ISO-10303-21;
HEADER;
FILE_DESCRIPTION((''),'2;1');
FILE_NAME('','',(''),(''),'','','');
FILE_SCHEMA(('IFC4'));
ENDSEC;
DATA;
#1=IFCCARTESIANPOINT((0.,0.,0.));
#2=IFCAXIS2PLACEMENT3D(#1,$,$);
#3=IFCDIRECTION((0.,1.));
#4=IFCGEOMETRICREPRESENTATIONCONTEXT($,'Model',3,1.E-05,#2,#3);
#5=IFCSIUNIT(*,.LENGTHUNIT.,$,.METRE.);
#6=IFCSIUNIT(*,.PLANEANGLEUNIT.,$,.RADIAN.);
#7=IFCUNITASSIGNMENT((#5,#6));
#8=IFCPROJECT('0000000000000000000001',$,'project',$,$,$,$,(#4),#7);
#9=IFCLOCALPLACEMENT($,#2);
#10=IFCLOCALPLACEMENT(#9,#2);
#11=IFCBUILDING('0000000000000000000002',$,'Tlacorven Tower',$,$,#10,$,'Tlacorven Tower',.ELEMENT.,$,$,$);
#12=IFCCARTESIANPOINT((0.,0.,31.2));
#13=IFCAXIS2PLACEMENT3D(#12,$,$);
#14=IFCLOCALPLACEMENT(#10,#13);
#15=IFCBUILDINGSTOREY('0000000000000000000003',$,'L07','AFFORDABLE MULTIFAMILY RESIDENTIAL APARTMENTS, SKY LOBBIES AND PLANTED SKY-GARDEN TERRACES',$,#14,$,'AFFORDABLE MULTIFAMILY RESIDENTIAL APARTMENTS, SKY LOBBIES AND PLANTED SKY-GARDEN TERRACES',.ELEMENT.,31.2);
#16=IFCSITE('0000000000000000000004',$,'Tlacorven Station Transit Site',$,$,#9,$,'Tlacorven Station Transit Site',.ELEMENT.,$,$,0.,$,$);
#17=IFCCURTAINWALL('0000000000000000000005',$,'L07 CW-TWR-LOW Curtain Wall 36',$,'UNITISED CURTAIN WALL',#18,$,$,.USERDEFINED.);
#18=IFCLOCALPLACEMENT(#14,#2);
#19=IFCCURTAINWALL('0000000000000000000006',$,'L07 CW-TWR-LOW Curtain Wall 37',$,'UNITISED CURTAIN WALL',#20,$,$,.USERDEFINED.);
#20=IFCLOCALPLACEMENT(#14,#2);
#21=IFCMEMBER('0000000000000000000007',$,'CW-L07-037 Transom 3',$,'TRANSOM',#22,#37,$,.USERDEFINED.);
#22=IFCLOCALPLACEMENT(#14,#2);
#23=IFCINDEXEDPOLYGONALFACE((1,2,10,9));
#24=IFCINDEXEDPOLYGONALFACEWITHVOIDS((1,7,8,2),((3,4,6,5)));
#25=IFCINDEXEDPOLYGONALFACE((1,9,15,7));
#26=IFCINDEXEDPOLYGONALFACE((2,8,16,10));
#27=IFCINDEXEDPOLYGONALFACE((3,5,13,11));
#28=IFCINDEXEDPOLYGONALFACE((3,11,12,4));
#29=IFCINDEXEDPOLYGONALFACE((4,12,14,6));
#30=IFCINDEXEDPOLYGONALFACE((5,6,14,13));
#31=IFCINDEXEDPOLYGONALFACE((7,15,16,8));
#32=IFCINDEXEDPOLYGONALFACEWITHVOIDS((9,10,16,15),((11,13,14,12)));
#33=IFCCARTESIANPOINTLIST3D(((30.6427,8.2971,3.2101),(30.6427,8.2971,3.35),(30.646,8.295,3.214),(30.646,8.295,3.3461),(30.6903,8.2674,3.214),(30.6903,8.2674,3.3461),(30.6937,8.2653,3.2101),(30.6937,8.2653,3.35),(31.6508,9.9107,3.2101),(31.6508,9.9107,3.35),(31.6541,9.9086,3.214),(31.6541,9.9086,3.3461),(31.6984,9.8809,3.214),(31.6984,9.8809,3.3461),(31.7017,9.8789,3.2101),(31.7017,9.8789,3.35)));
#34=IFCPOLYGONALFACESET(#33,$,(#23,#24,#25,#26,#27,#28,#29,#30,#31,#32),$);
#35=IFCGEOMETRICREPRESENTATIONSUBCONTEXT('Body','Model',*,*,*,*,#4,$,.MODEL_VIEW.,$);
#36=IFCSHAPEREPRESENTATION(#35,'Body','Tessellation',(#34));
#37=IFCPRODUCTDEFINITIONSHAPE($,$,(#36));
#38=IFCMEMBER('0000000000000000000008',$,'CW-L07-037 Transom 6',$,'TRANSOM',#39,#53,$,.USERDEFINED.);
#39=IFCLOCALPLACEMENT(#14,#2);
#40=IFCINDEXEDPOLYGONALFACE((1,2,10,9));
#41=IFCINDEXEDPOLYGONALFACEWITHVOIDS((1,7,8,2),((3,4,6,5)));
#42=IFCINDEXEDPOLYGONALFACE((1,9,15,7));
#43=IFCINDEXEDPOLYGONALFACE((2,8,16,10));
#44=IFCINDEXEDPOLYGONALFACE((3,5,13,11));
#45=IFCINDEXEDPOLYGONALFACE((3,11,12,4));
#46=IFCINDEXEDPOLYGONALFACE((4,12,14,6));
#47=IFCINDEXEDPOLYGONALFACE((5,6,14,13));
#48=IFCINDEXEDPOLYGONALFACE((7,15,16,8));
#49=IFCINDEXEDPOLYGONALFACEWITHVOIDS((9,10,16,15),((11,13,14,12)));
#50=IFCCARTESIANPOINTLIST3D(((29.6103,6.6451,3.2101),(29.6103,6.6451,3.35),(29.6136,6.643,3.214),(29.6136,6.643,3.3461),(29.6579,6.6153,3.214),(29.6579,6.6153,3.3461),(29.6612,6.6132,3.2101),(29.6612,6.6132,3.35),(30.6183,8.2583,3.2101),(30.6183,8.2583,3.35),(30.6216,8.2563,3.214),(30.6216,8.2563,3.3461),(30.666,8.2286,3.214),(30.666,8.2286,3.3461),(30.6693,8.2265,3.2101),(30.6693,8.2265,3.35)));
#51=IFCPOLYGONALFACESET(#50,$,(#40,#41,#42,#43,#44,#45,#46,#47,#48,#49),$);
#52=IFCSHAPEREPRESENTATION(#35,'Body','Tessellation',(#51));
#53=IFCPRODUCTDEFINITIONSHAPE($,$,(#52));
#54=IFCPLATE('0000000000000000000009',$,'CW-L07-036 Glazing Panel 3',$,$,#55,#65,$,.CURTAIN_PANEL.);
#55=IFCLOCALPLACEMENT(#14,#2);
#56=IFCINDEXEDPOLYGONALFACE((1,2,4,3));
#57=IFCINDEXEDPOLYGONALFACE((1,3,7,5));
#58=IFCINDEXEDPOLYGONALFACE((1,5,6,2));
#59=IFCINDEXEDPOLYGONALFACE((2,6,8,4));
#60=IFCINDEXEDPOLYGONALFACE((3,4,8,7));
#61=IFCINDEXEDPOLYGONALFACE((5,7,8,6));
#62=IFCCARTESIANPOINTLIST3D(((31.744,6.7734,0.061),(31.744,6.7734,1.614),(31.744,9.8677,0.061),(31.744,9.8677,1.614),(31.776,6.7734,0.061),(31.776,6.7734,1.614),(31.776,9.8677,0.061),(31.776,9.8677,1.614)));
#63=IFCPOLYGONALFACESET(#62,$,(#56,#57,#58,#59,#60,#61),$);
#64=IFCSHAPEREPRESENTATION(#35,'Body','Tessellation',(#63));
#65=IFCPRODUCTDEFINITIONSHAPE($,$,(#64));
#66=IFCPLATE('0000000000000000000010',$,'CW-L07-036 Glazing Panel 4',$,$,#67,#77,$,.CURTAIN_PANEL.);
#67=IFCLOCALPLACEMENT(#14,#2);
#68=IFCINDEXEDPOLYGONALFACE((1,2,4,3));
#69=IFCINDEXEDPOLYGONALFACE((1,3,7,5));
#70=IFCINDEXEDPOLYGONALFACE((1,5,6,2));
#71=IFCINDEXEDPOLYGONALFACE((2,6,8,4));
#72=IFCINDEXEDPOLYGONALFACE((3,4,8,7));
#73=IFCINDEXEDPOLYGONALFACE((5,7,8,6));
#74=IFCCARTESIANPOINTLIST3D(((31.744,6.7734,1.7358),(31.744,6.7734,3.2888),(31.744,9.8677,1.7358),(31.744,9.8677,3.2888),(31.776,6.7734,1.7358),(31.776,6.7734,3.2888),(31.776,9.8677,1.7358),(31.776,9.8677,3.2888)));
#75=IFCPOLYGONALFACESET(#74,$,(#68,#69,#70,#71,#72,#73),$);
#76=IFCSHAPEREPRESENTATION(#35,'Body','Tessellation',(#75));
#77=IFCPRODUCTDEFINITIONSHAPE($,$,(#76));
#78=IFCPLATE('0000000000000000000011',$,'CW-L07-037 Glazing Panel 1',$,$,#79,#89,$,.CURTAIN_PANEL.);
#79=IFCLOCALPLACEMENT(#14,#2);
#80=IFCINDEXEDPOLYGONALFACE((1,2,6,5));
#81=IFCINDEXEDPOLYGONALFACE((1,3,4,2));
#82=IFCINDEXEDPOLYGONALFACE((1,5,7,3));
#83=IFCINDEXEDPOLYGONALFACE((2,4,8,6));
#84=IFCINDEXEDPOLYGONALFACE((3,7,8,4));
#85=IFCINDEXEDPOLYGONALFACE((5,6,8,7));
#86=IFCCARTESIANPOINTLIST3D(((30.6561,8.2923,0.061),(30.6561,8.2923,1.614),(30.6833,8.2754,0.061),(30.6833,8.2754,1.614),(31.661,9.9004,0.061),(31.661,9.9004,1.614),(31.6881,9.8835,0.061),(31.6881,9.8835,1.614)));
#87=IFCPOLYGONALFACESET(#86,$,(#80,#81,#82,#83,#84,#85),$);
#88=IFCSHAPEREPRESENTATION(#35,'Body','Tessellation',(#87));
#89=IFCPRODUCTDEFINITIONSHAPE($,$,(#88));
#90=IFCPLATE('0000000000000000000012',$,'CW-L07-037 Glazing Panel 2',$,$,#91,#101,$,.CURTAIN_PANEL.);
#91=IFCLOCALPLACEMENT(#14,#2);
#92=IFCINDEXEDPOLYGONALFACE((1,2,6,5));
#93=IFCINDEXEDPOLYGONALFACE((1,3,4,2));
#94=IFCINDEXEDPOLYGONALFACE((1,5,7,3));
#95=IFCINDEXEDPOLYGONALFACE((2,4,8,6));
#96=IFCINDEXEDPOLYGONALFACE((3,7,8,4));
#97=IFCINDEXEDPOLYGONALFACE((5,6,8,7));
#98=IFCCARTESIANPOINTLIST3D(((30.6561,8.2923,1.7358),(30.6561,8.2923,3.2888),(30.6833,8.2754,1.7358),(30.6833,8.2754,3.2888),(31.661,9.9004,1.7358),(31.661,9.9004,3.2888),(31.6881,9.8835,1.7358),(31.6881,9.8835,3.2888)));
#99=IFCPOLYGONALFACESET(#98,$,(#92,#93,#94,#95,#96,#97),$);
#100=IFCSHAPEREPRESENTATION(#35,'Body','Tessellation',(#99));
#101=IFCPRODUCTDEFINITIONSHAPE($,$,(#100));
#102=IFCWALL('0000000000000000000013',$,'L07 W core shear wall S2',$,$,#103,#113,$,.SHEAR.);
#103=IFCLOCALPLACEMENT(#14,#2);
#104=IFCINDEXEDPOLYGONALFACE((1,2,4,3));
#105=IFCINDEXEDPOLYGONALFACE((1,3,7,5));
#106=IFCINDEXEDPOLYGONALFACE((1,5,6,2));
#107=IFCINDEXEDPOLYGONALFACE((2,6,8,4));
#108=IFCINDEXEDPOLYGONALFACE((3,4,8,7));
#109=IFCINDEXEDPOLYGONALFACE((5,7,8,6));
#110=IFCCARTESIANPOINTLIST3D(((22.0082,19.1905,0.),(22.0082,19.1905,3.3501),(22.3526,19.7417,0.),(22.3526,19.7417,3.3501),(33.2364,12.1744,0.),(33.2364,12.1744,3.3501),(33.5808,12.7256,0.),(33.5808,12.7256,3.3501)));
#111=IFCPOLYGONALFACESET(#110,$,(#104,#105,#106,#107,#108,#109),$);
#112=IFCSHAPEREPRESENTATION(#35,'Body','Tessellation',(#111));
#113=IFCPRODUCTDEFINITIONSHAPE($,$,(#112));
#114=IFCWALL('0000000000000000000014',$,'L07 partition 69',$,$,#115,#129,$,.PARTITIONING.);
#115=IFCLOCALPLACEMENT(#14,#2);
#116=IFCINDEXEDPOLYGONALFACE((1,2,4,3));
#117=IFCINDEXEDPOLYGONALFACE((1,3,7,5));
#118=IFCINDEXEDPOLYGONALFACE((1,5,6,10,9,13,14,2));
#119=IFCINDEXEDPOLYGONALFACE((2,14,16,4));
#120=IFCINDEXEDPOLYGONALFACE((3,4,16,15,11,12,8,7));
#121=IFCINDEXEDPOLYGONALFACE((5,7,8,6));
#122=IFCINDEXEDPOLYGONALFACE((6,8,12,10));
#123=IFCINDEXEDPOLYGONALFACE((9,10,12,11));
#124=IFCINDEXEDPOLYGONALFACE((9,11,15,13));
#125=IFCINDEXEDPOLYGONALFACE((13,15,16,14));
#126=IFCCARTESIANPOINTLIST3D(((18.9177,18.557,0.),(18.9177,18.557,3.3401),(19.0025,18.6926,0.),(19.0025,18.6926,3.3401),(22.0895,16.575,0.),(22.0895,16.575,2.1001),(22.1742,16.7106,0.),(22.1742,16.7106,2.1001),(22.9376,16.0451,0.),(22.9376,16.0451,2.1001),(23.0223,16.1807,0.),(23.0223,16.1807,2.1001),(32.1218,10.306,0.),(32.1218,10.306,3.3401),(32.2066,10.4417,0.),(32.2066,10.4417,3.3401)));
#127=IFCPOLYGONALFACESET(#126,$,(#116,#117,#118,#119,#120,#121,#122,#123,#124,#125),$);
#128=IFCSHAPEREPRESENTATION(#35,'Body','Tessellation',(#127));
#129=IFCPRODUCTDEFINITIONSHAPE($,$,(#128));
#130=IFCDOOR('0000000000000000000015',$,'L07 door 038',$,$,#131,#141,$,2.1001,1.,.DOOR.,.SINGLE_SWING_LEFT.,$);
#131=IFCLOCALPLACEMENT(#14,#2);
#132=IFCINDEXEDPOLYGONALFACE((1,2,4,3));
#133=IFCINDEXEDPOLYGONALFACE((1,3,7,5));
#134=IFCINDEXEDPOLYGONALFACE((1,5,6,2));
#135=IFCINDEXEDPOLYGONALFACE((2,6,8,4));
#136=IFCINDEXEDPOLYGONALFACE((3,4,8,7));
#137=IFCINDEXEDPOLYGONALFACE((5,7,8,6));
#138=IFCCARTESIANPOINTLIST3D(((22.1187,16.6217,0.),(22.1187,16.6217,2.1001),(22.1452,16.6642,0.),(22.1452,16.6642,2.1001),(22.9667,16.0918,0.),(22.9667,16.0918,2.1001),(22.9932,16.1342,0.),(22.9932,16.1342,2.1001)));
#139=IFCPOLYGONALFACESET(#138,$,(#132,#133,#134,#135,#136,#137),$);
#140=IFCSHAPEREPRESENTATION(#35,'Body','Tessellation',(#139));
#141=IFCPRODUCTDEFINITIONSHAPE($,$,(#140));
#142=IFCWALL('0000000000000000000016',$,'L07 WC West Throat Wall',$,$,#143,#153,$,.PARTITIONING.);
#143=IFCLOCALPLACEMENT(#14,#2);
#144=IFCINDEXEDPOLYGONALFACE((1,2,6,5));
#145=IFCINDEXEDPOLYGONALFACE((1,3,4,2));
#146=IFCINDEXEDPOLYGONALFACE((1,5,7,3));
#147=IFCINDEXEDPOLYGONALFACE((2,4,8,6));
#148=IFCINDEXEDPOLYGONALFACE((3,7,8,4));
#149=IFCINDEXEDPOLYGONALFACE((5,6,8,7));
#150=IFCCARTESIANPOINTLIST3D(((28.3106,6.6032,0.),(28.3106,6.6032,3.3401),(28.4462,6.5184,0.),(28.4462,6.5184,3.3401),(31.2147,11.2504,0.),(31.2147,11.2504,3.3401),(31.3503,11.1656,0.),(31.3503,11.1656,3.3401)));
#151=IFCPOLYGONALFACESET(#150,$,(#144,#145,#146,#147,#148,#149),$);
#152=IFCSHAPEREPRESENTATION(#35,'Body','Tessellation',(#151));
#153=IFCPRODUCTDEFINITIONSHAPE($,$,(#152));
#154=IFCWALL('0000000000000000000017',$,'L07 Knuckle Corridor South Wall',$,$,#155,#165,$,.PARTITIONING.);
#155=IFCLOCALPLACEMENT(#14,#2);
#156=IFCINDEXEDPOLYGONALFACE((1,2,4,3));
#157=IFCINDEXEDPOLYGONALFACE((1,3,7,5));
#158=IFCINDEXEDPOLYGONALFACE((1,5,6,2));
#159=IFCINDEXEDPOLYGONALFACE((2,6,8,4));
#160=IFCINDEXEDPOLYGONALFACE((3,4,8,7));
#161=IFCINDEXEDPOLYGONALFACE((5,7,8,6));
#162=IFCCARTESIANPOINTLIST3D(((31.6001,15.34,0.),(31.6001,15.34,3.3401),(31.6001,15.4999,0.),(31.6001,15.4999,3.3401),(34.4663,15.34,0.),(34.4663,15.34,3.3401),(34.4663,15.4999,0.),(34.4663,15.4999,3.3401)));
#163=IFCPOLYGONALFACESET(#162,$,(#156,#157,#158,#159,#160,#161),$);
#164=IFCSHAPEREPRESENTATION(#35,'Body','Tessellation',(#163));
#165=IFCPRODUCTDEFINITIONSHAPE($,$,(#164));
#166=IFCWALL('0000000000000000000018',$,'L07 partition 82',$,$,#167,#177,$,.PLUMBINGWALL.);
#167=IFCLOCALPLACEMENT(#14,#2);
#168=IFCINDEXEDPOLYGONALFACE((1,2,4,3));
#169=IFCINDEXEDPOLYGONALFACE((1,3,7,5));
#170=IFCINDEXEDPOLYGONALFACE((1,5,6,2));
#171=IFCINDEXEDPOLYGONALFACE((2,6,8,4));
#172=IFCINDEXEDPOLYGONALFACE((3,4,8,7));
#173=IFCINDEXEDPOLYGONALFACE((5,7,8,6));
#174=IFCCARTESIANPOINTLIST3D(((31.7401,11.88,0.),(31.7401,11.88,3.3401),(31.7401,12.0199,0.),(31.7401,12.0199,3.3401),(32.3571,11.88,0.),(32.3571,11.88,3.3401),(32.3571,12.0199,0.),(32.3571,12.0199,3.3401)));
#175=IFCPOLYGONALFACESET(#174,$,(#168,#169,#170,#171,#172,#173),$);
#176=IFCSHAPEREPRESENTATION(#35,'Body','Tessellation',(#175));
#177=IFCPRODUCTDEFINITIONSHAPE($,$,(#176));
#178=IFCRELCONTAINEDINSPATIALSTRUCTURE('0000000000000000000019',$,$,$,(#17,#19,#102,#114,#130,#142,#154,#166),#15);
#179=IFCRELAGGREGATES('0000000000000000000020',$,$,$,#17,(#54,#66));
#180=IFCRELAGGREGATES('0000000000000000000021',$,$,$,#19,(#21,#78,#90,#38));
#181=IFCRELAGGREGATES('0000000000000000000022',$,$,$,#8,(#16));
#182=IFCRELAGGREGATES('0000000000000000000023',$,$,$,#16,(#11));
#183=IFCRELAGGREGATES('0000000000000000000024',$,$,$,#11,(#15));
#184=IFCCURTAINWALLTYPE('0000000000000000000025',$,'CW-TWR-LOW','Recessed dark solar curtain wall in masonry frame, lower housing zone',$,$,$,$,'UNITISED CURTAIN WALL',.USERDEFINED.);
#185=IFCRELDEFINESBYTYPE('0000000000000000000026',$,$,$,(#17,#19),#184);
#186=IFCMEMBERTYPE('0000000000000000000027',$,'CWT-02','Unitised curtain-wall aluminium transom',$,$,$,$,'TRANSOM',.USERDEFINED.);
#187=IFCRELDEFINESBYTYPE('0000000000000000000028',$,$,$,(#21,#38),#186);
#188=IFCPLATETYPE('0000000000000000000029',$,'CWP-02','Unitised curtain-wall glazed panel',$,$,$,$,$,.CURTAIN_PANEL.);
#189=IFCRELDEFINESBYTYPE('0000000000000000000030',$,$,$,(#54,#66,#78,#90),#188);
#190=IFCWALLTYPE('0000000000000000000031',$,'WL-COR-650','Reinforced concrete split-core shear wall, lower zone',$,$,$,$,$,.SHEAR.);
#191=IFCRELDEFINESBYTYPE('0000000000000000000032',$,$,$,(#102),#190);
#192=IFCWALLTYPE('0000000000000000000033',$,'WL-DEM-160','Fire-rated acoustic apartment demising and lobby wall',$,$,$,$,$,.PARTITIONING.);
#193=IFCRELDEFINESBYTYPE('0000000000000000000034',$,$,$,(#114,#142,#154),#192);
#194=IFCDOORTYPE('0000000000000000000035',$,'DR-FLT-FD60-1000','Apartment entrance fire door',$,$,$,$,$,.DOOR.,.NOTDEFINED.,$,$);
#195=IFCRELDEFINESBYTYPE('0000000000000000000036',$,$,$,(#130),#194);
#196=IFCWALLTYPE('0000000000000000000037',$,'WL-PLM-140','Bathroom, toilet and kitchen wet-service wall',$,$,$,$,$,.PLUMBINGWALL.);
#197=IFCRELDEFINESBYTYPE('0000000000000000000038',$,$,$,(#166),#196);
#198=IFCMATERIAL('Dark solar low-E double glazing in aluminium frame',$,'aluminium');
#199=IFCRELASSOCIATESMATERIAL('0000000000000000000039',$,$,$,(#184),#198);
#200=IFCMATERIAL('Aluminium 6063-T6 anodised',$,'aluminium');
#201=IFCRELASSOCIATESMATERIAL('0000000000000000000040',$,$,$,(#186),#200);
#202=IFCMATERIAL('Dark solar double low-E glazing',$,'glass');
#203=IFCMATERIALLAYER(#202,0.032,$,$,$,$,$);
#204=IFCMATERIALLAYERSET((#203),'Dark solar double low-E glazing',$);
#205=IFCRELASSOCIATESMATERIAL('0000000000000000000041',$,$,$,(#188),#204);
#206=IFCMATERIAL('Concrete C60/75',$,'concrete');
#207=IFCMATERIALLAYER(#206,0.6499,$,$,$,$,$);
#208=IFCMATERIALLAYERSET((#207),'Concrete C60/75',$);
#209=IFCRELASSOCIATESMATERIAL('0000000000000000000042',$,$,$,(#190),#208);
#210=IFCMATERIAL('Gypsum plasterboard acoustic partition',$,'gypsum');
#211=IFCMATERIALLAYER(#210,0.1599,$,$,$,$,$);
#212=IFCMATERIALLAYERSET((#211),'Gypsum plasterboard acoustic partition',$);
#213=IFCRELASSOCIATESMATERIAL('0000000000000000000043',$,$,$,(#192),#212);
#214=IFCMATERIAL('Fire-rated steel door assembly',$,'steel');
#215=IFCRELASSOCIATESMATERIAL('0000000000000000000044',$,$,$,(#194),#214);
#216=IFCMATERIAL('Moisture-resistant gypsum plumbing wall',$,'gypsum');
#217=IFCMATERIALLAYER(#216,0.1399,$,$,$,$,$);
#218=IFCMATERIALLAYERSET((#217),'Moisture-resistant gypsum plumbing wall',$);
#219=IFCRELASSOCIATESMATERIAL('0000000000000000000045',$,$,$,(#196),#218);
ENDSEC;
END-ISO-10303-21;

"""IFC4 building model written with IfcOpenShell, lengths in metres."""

from ifc_helpers import new_model, si_unit, direction, frame, frame_2d, origin, origin_2d, place, context, subcontext, project, spatial, rectangle, hollow_rectangle, extrude, source, transform, mapped, material, layer, layer_set, material_profile, profile_set, type_object, element, fill, aggregate, save


model = new_model("IFC4")

# Units and contexts
model_context = context("Model", 3, precision=1e-05, world=origin(), true_north=direction((0.0, 1.0)))
body_context = subcontext(model_context, "Body", "Model", "MODEL_VIEW")
ifc_project = project(units=[si_unit("LENGTHUNIT", "METRE"), si_unit("PLANEANGLEUNIT", "RADIAN")], contexts=[model_context])

# Site, building, storey
site_placement = place(None, origin())
site = spatial("IfcSite", under=ifc_project, at=site_placement, Name="Tlacorven Station Transit Site", LongName="Tlacorven Station Transit Site", CompositionType="ELEMENT", RefElevation=0.0)
building_placement = place(site_placement, origin())
building = spatial("IfcBuilding", under=site, at=building_placement, Name="Tlacorven Tower", LongName="Tlacorven Tower", CompositionType="ELEMENT")
storey_placement = place(building_placement, frame((0.0, 0.0, 31.2)))
storey = spatial("IfcBuildingStorey", under=building, at=storey_placement, Name="L07", Description="AFFORDABLE MULTIFAMILY RESIDENTIAL APARTMENTS, SKY LOBBIES AND PLANTED SKY-GARDEN TERRACES", LongName="AFFORDABLE MULTIFAMILY RESIDENTIAL APARTMENTS, SKY LOBBIES AND PLANTED SKY-GARDEN TERRACES", CompositionType="ELEMENT", Elevation=31.2)

# Curtain wall
ifc_material_1 = material(Name="Dark solar low-E double glazing in aluminium frame", Category="aluminium")
curtain_wall_type = type_object("IfcCurtainWallType", Name="CW-TWR-LOW", Description="Recessed dark solar curtain wall in masonry frame, lower housing zone", ElementType="UNITISED CURTAIN WALL", PredefinedType="USERDEFINED", material=ifc_material_1)
curtain_wall_1_placement = place(storey_placement, origin())
curtain_wall_1 = element("IfcCurtainWall", 1, at=curtain_wall_1_placement, inside=storey, type_object=curtain_wall_type, Name="L07 CW-TWR-LOW Curtain Wall 36", ObjectType="UNITISED CURTAIN WALL", PredefinedType="USERDEFINED")
ifc_material_2 = material(Name="Aluminium 6063-T6 anodised", Category="aluminium")

# Curtain wall
curtain_wall_2_placement = place(storey_placement, origin())
curtain_wall_2 = element("IfcCurtainWall", 2, at=curtain_wall_2_placement, inside=storey, type_object=curtain_wall_type, Name="L07 CW-TWR-LOW Curtain Wall 37", ObjectType="UNITISED CURTAIN WALL", PredefinedType="USERDEFINED")

# Members
ifc_material_profile_1 = material_profile(ifc_material_2, hollow_rectangle(XDim=0.0601, YDim=0.1399, WallThickness=0.0039, at=origin_2d()), Name="ALU TRANSOM 60X140")
ifc_profile_set_1 = profile_set([ifc_material_profile_1], Name="Aluminium 6063-T6 anodised")
member_type_1 = type_object("IfcMemberType", Name="CWT-02", Description="Unitised curtain-wall aluminium transom", ElementType="TRANSOM", PredefinedType="USERDEFINED", material=ifc_profile_set_1)
shared_shape_1 = source(origin(), body_context, "Body", "SweptSolid", [
    extrude(hollow_rectangle(XDim=0.0601, YDim=0.1399, WallThickness=0.0039, at=origin_2d()), origin(), (0.0, 0.0, 1.0), 1.9026),
])
member_1_placement = place(storey_placement, frame((31.6763, 9.8948, 3.28), z_axis=(-0.529849, -0.848092, 0.0), x_axis=(0.848092, -0.529849, 0.0)))
member_1 = element("IfcMember", 3, at=member_1_placement, type_object=member_type_1, Name="CW-L07-037 Transom 3", ObjectType="TRANSOM", PredefinedType="USERDEFINED", context=body_context, shape_type="MappedRepresentation", body=[
    mapped(shared_shape_1, transform((0.0, 0.0, 0.0), scale=1.0)),
])
shared_shape_2 = source(origin(), body_context, "Body", "SweptSolid", [
    extrude(hollow_rectangle(XDim=0.0601, YDim=0.1399, WallThickness=0.0039, at=origin_2d()), origin(), (0.0, 0.0, 1.0), 1.9023),
])
member_2_placement = place(storey_placement, frame((30.6438, 8.2424, 3.28), z_axis=(-0.529907, -0.848056, 0.0), x_axis=(0.848056, -0.529907, 0.0)))
member_2 = element("IfcMember", 4, at=member_2_placement, type_object=member_type_1, Name="CW-L07-037 Transom 6", ObjectType="TRANSOM", PredefinedType="USERDEFINED", context=body_context, shape_type="MappedRepresentation", body=[
    mapped(shared_shape_2, transform((0.0, 0.0, 0.0), scale=1.0)),
])

# Plates
ifc_material_3 = material(Name="Dark solar double low-E glazing", Category="glass")
ifc_layer_1 = layer(ifc_material_3, 0.032)
ifc_layer_set_1 = layer_set([ifc_layer_1], Name="Dark solar double low-E glazing")
plate_type = type_object("IfcPlateType", Name="CWP-02", Description="Unitised curtain-wall glazed panel", PredefinedType="CURTAIN_PANEL", material=ifc_layer_set_1)
shared_shape_3 = source(origin(), body_context, "Body", "SweptSolid", [
    extrude(rectangle(XDim=3.0942, YDim=0.032, at=origin_2d()), origin(), (0.0, 0.0, 1.0), 1.553),
])
plate_1_placement = place(storey_placement, frame((31.76, 8.3206, 0.061), z_axis=(0.0, 0.0, 1.0), x_axis=(0.0, 1.0, 0.0)))
plate_1 = element("IfcPlate", 5, at=plate_1_placement, type_object=plate_type, Name="CW-L07-036 Glazing Panel 3", PredefinedType="CURTAIN_PANEL", context=body_context, shape_type="MappedRepresentation", body=[
    mapped(shared_shape_3, transform((0.0, 0.0, 0.0), scale=1.0)),
])
plate_2_placement = place(storey_placement, frame((31.76, 8.3206, 1.7358), z_axis=(0.0, 0.0, 1.0), x_axis=(0.0, 1.0, 0.0)))
plate_2 = element("IfcPlate", 6, at=plate_2_placement, type_object=plate_type, Name="CW-L07-036 Glazing Panel 4", PredefinedType="CURTAIN_PANEL", context=body_context, shape_type="MappedRepresentation", body=[
    mapped(shared_shape_3, transform((0.0, 0.0, 0.0), scale=1.0)),
])
aggregate(curtain_wall_1, [plate_1, plate_2])
shared_shape_4 = source(origin(), body_context, "Body", "SweptSolid", [
    extrude(rectangle(XDim=1.8962, YDim=0.032, at=origin_2d()), origin(), (0.0, 0.0, 1.0), 1.553),
])
plate_3_placement = place(storey_placement, frame((31.1721, 9.0879, 0.061), z_axis=(0.0, 0.0, 1.0), x_axis=(-0.529919, -0.848048, 0.0)))
plate_3 = element("IfcPlate", 7, at=plate_3_placement, type_object=plate_type, Name="CW-L07-037 Glazing Panel 1", PredefinedType="CURTAIN_PANEL", context=body_context, shape_type="MappedRepresentation", body=[
    mapped(shared_shape_4, transform((0.0, 0.0, 0.0), scale=1.0)),
])
plate_4_placement = place(storey_placement, frame((31.1721, 9.0879, 1.7358), z_axis=(0.0, 0.0, 1.0), x_axis=(-0.529919, -0.848048, 0.0)))
plate_4 = element("IfcPlate", 8, at=plate_4_placement, type_object=plate_type, Name="CW-L07-037 Glazing Panel 2", PredefinedType="CURTAIN_PANEL", context=body_context, shape_type="MappedRepresentation", body=[
    mapped(shared_shape_4, transform((0.0, 0.0, 0.0), scale=1.0)),
])
aggregate(curtain_wall_2, [member_1, plate_3, plate_4, member_2])

# Wall
ifc_material_4 = material(Name="Concrete C60/75", Category="concrete")
ifc_layer_2 = layer(ifc_material_4, 0.6499)
ifc_layer_set_2 = layer_set([ifc_layer_2], Name="Concrete C60/75")
wall_type_1 = type_object("IfcWallType", Name="WL-COR-650", Description="Reinforced concrete split-core shear wall, lower zone", PredefinedType="SHEAR", material=ifc_layer_set_2)
wall_1_placement = place(storey_placement, frame((33.4087, 12.45, 0.0), z_axis=(0.0, 0.0, 1.0), x_axis=(-0.848051, 0.529914, 0.0)))
element("IfcWall", 9, at=wall_1_placement, inside=storey, type_object=wall_type_1, Name="L07 W core shear wall S2", PredefinedType="SHEAR", context=body_context, shape_type="SweptSolid", body=[
    extrude(rectangle(XDim=13.24, YDim=0.6499, at=frame_2d((6.6201, 0.0))), origin(), (0.0, 0.0, 1.0), 3.3501),
])

# Wall, opening, door
ifc_material_5 = material(Name="Gypsum plasterboard acoustic partition", Category="gypsum")
ifc_layer_3 = layer(ifc_material_5, 0.1599)
ifc_layer_set_3 = layer_set([ifc_layer_3], Name="Gypsum plasterboard acoustic partition")
wall_type_2 = type_object("IfcWallType", Name="WL-DEM-160", Description="Fire-rated acoustic apartment demising and lobby wall", PredefinedType="PARTITIONING", material=ifc_layer_set_3)
wall_2_placement = place(storey_placement, frame((32.1643, 10.3738, 0.0), z_axis=(0.0, 0.0, 1.0), x_axis=(-0.848044, 0.529926, 0.0)))
wall_2 = element("IfcWall", 10, at=wall_2_placement, inside=storey, type_object=wall_type_2, Name="L07 partition 69", PredefinedType="PARTITIONING", context=body_context, shape_type="SweptSolid", body=[
    extrude(rectangle(XDim=15.5701, YDim=0.1599, at=frame_2d((7.7852, 0.0))), origin(), (0.0, 0.0, 1.0), 3.3401),
])
opening_1_placement = place(wall_2_placement, frame((10.8301, 0.0, 0.0)))
opening_1 = element("IfcOpeningElement", 11, at=opening_1_placement, cuts=wall_2, PredefinedType="OPENING", context=body_context, shape_type="SweptSolid", body=[
    extrude(rectangle(XDim=1.0, YDim=2.1001, at=frame_2d((0.5, 1.05))), frame((0.0, 0.0898, 0.0), z_axis=(0.0, -1.0, 0.0), x_axis=(1.0, 0.0, 0.0)), (0.0, 0.0, 1.0), 0.1799),
])
ifc_material_6 = material(Name="Fire-rated steel door assembly", Category="steel")
door_type_1 = type_object("IfcDoorType", Name="DR-FLT-FD60-1000", Description="Apartment entrance fire door", OperationType="NOTDEFINED", PredefinedType="DOOR", material=ifc_material_6)
shared_shape_5 = source(origin(), body_context, "Body", "SweptSolid", [
    extrude(rectangle(XDim=1.0, YDim=2.1001, at=frame_2d((0.5, 1.05))), frame((0.0, 0.0249, 0.0), z_axis=(0.0, -1.0, 0.0), x_axis=(1.0, 0.0, 0.0)), (0.0, 0.0, 1.0), 0.05),
])
door_1_placement = place(opening_1_placement, origin())
door_1 = element("IfcDoor", 12, at=door_1_placement, inside=storey, type_object=door_type_1, Name="L07 door 038", OperationType="SINGLE_SWING_LEFT", OverallHeight=2.1001, OverallWidth=1.0, PredefinedType="DOOR", context=body_context, shape_type="MappedRepresentation", body=[
    mapped(shared_shape_5, transform((0.0, 0.0, 0.0), scale=1.0)),
])
fill(opening_1, door_1)

# Walls
wall_3_placement = place(storey_placement, frame((31.2825, 11.208, 0.0), z_axis=(0.0, 0.0, 1.0), x_axis=(-0.529939, -0.848036, 0.0)))
element("IfcWall", 13, at=wall_3_placement, inside=storey, type_object=wall_type_2, Name="L07 WC West Throat Wall", PredefinedType="PARTITIONING", context=body_context, shape_type="SweptSolid", body=[
    extrude(rectangle(XDim=5.48, YDim=0.1599, at=frame_2d((2.74, 0.0))), origin(), (0.0, 0.0, 1.0), 3.3401),
])
wall_4_placement = place(storey_placement, frame((31.6001, 15.4199, 0.0), z_axis=(0.0, 0.0, 1.0), x_axis=(1.0, 0.0, 0.0)))
element("IfcWall", 14, at=wall_4_placement, inside=storey, type_object=wall_type_2, Name="L07 Knuckle Corridor South Wall", PredefinedType="PARTITIONING", context=body_context, shape_type="SweptSolid", body=[
    extrude(rectangle(XDim=2.8662, YDim=0.1599, at=frame_2d((1.4331, 0.0))), origin(), (0.0, 0.0, 1.0), 3.3401),
])
ifc_material_7 = material(Name="Moisture-resistant gypsum plumbing wall", Category="gypsum")
ifc_layer_4 = layer(ifc_material_7, 0.1399)
ifc_layer_set_4 = layer_set([ifc_layer_4], Name="Moisture-resistant gypsum plumbing wall")
wall_type_3 = type_object("IfcWallType", Name="WL-PLM-140", Description="Bathroom, toilet and kitchen wet-service wall", PredefinedType="PLUMBINGWALL", material=ifc_layer_set_4)
wall_5_placement = place(storey_placement, frame((31.74, 11.95, 0.0), z_axis=(0.0, 0.0, 1.0), x_axis=(1.0, 0.0, 0.0)))
element("IfcWall", 15, at=wall_5_placement, inside=storey, type_object=wall_type_3, Name="L07 partition 82", PredefinedType="PLUMBINGWALL", context=body_context, shape_type="SweptSolid", body=[
    extrude(rectangle(XDim=0.6169, YDim=0.1399, at=frame_2d((0.3086, 0.0))), origin(), (0.0, 0.0, 1.0), 3.3401),
])

save(model, "model.ifc")
